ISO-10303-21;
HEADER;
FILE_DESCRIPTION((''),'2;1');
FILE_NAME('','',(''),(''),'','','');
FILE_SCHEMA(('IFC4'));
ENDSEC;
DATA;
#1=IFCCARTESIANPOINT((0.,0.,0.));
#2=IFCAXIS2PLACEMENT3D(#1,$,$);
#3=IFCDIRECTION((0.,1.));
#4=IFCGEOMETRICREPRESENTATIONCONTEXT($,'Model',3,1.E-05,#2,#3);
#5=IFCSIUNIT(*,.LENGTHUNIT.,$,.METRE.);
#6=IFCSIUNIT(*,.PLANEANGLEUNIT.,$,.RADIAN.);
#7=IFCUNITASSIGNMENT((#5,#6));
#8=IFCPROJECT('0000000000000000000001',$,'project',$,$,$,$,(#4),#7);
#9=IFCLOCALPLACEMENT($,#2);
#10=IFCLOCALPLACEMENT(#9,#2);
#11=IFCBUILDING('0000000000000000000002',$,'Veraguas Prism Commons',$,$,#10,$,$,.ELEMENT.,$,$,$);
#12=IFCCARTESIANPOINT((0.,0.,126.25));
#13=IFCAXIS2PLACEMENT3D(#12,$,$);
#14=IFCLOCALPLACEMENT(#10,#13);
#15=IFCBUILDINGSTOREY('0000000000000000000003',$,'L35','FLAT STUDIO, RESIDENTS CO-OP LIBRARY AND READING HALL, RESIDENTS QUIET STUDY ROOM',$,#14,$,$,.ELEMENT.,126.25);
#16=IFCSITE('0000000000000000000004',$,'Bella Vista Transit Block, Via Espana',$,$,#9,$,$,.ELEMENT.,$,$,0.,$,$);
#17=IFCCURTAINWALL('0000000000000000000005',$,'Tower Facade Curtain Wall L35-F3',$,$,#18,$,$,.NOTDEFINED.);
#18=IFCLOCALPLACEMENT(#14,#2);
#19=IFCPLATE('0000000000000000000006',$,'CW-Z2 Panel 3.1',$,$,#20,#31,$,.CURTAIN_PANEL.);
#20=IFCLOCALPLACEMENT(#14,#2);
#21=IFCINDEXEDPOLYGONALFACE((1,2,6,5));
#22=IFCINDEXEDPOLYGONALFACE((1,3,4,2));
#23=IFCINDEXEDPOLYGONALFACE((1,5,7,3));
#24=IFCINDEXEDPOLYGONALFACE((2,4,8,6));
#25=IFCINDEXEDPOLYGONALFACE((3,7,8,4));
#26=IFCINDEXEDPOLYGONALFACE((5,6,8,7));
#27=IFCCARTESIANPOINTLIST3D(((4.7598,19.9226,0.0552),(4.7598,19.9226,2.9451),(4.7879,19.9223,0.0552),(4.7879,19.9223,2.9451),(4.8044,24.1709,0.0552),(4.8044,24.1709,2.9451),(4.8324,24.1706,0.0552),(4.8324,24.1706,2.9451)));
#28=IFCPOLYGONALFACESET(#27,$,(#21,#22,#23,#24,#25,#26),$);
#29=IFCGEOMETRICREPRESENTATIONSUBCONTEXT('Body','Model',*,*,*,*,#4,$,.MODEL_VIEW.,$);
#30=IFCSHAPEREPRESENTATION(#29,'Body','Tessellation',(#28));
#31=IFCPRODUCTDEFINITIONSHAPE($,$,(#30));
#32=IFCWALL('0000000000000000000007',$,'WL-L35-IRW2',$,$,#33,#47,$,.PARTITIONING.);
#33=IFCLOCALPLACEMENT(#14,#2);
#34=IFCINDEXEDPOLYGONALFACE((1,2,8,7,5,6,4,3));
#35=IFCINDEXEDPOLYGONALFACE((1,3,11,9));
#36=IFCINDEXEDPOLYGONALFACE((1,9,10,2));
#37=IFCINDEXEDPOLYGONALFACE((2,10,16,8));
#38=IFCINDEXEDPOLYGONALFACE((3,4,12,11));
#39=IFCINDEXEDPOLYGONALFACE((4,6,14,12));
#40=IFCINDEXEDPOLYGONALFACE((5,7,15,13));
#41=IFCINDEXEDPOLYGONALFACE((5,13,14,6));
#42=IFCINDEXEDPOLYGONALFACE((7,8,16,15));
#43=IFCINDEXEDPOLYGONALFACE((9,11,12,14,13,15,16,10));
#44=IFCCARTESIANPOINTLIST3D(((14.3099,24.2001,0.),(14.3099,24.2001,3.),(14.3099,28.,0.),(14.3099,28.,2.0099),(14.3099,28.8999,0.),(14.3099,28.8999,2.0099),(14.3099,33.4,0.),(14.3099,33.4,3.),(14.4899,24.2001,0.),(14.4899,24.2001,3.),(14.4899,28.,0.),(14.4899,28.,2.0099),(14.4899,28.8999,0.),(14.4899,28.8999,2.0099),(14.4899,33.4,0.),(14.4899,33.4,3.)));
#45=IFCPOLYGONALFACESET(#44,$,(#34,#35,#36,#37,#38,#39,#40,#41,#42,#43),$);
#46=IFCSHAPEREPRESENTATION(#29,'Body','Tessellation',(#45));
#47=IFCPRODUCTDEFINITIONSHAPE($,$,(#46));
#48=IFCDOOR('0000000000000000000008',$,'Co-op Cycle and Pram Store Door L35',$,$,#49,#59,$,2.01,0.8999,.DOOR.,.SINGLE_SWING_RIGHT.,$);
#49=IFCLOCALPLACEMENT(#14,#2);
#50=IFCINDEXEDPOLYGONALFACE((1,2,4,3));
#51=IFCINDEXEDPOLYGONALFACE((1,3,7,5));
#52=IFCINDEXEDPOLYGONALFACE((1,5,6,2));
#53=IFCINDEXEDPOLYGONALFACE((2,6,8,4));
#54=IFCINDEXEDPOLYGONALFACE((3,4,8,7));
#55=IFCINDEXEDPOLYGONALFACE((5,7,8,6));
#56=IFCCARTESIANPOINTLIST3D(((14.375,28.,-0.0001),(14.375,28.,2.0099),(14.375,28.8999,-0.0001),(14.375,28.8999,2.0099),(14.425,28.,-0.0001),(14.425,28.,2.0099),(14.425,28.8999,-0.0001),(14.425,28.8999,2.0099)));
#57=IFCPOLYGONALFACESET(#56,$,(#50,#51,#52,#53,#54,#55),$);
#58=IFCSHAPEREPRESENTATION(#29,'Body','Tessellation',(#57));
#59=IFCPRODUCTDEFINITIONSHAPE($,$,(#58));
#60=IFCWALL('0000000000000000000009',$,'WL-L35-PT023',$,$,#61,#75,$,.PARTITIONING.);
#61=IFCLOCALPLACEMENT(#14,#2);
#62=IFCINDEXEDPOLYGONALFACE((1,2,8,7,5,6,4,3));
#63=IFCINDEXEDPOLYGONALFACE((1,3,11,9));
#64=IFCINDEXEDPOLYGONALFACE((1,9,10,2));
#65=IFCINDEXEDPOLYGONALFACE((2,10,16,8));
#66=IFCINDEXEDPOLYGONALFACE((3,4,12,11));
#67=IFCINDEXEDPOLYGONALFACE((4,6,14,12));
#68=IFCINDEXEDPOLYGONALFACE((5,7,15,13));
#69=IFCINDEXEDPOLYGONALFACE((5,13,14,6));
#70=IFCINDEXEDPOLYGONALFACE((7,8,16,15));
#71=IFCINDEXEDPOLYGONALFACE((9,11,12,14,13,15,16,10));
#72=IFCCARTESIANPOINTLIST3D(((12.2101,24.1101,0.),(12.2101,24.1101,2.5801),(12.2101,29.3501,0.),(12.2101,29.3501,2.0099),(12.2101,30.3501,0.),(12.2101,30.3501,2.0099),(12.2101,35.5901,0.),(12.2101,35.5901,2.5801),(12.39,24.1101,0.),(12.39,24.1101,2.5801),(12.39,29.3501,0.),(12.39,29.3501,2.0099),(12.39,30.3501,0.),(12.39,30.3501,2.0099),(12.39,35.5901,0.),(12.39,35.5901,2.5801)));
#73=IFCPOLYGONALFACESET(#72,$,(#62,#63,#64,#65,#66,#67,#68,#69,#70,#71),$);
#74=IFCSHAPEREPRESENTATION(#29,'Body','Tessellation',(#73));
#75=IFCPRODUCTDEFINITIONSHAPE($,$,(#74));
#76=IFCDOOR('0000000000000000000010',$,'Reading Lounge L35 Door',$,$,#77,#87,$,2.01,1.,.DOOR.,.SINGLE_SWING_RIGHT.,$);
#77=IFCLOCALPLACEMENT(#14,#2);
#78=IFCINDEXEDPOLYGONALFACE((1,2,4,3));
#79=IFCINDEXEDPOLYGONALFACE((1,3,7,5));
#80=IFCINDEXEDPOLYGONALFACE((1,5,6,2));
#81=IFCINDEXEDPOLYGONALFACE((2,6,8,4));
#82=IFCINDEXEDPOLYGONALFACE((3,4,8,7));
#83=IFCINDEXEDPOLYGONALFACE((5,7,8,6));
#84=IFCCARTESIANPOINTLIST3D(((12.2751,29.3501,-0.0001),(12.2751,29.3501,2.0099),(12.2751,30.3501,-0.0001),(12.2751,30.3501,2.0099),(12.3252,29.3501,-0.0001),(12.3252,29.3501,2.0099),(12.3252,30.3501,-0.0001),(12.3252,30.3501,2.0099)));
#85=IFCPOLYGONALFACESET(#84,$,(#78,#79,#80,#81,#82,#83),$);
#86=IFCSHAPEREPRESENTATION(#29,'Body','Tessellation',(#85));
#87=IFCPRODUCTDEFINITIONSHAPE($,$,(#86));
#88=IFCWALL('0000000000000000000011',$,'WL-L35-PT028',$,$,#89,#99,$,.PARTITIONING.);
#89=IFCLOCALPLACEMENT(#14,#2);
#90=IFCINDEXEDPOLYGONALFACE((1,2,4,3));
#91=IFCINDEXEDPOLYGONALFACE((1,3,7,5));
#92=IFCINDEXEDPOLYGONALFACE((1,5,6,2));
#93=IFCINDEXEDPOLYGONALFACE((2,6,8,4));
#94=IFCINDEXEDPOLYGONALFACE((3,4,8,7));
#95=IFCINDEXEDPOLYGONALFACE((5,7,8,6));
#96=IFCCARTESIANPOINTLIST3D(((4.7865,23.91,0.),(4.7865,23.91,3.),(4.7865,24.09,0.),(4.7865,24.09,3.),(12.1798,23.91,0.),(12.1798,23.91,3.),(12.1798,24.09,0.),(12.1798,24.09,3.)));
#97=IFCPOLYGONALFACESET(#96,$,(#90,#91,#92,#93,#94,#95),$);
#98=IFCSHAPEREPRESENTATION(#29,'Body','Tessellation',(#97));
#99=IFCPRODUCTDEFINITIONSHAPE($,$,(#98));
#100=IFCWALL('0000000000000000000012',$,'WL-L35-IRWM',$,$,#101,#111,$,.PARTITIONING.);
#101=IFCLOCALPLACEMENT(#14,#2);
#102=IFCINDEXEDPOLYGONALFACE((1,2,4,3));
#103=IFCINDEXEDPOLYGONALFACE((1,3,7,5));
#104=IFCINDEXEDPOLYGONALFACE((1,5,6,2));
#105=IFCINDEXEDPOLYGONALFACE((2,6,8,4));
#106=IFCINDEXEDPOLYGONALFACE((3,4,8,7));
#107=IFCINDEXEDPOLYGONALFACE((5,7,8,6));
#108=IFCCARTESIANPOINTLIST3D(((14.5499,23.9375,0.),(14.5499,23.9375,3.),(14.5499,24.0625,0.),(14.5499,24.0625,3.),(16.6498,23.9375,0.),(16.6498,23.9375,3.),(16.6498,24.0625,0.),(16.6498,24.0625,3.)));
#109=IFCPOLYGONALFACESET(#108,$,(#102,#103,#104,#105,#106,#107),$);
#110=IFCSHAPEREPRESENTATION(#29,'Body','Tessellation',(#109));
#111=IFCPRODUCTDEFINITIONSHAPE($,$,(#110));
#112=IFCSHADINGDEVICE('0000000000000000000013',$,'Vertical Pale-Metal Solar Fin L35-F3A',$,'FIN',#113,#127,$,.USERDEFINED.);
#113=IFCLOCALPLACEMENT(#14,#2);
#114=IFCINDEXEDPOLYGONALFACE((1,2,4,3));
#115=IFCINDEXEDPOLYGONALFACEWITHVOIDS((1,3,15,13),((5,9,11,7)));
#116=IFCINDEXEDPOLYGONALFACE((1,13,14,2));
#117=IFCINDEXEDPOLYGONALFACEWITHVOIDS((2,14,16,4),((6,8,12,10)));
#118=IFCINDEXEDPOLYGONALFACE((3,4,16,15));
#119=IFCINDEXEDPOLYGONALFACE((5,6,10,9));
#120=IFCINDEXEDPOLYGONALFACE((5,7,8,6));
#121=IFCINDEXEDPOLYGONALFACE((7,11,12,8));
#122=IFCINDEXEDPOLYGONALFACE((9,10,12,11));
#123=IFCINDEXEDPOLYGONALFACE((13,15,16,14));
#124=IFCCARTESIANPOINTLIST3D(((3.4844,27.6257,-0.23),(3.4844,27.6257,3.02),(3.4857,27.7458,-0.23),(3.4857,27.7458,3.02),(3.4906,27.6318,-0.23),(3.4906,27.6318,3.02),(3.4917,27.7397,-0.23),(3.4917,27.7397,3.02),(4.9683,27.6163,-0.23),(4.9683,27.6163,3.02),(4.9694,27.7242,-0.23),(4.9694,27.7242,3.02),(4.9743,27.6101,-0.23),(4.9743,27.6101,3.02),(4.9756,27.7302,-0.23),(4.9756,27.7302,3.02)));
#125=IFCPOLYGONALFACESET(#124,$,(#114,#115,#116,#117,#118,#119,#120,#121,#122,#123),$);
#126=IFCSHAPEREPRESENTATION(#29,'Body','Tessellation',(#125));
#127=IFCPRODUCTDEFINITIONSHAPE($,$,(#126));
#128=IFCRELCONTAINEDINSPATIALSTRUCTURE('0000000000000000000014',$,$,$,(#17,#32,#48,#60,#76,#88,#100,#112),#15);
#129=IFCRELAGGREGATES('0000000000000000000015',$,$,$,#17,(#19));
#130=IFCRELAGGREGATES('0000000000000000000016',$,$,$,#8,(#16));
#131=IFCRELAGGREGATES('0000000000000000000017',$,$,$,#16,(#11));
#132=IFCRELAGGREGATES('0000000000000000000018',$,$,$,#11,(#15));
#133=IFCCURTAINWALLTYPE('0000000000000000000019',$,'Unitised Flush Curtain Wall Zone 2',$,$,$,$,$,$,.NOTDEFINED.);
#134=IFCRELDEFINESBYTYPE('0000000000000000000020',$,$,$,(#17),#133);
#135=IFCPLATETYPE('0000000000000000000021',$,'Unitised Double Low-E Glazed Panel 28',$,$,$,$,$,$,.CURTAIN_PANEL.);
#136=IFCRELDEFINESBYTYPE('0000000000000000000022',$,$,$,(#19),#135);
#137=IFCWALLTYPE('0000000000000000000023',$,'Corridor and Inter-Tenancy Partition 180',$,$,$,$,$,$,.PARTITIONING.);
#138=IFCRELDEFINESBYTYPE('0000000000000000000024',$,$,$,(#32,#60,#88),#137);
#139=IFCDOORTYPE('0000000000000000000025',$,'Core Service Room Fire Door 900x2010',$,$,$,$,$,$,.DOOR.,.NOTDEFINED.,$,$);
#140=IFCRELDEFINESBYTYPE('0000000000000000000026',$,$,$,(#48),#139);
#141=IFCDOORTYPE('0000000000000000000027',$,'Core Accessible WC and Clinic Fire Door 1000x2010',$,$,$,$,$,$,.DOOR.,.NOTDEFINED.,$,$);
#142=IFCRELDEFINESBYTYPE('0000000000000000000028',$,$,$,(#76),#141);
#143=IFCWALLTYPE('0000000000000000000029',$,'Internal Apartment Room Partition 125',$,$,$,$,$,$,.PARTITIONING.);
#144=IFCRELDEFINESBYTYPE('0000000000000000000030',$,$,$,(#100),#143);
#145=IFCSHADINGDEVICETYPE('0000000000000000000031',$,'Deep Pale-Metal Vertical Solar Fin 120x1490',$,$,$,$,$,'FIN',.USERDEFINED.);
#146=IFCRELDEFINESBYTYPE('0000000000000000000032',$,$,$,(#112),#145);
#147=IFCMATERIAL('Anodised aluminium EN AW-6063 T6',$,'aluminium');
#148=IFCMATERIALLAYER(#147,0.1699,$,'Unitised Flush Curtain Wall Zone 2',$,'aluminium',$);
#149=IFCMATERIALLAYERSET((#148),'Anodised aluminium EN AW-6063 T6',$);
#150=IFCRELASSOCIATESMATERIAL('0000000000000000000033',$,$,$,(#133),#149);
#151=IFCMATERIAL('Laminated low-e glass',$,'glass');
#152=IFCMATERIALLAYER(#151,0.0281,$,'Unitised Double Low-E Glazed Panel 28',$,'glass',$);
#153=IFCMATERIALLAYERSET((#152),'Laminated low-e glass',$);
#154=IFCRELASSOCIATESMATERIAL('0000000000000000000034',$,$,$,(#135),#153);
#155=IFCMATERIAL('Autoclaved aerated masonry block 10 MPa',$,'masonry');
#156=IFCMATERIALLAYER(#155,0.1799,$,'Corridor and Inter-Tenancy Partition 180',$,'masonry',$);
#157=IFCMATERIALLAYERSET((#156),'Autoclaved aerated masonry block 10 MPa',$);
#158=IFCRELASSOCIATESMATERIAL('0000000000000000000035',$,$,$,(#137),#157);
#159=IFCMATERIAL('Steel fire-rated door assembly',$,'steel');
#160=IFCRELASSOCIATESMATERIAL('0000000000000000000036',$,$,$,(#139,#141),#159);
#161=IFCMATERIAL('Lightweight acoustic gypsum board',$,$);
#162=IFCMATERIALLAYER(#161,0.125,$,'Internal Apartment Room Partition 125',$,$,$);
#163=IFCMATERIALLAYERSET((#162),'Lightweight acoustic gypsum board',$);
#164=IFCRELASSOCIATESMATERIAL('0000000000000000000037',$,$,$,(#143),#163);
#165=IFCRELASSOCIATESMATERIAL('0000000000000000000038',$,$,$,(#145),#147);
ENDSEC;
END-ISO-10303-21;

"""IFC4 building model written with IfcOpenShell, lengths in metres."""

from ifc_helpers import new_model, si_unit, direction, frame, frame_2d, origin, origin_2d, place, context, subcontext, project, spatial, rectangle, hollow_rectangle, extrude, source, transform, mapped, material, layer, layer_set, material_profile, profile_set, type_object, element, fill, aggregate, save


model = new_model("IFC4")

# Units and contexts
model_context = context("Model", 3, precision=1e-05, world=origin(), true_north=direction((0.0, 1.0)))
body_context = subcontext(model_context, "Body", "Model", "MODEL_VIEW")
ifc_project = project(units=[si_unit("LENGTHUNIT", "METRE"), si_unit("PLANEANGLEUNIT", "RADIAN")], contexts=[model_context])

# Site, building, storey
site_placement = place(None, origin())
site = spatial("IfcSite", under=ifc_project, at=site_placement, Name="Bella Vista Transit Block, Via Espana", CompositionType="ELEMENT", RefElevation=0.0)
building_placement = place(site_placement, origin())
building = spatial("IfcBuilding", under=site, at=building_placement, Name="Veraguas Prism Commons", CompositionType="ELEMENT")
storey_placement = place(building_placement, frame((0.0, 0.0, 126.25)))
storey = spatial("IfcBuildingStorey", under=building, at=storey_placement, Name="L35", Description="FLAT STUDIO, RESIDENTS CO-OP LIBRARY AND READING HALL, RESIDENTS QUIET STUDY ROOM", CompositionType="ELEMENT", Elevation=126.25)

# Curtain wall, plate
ifc_material_1 = material(Name="Anodised aluminium EN AW-6063 T6", Category="aluminium")
ifc_layer_1 = layer(ifc_material_1, 0.1699, Name="Unitised Flush Curtain Wall Zone 2", Category="aluminium")
ifc_layer_set_1 = layer_set([ifc_layer_1], Name="Anodised aluminium EN AW-6063 T6")
curtain_wall_type = type_object("IfcCurtainWallType", Name="Unitised Flush Curtain Wall Zone 2", PredefinedType="NOTDEFINED", material=ifc_layer_set_1)
curtain_wall_placement = place(storey_placement, origin())
curtain_wall = element("IfcCurtainWall", 1, at=curtain_wall_placement, inside=storey, type_object=curtain_wall_type, Name="Tower Facade Curtain Wall L35-F3", PredefinedType="NOTDEFINED")
ifc_material_2 = material(Name="Laminated low-e glass", Category="glass")
ifc_layer_2 = layer(ifc_material_2, 0.0281, Name="Unitised Double Low-E Glazed Panel 28", Category="glass")
ifc_layer_set_2 = layer_set([ifc_layer_2], Name="Laminated low-e glass")
plate_type = type_object("IfcPlateType", Name="Unitised Double Low-E Glazed Panel 28", PredefinedType="CURTAIN_PANEL", material=ifc_layer_set_2)
shared_shape_1 = source(origin(), body_context, "Body", "SweptSolid", [
    extrude(rectangle(XDim=4.2485, YDim=0.0281, at=origin_2d()), origin(), (0.0, 0.0, 1.0), 2.8899),
])
plate_1_placement = place(storey_placement, frame((4.7961, 22.0466, 0.0552), z_axis=(0.0, 0.0, 1.0), x_axis=(-0.010479, -0.999945, 0.0)))
plate_1 = element("IfcPlate", 2, at=plate_1_placement, type_object=plate_type, Name="CW-Z2 Panel 3.1", PredefinedType="CURTAIN_PANEL", context=body_context, shape_type="MappedRepresentation", body=[
    mapped(shared_shape_1, transform((0.0, 0.0, 0.0), scale=1.0)),
])
aggregate(curtain_wall, [plate_1])

# Walls, openings, doors
ifc_material_3 = material(Name="Autoclaved aerated masonry block 10 MPa", Category="masonry")
ifc_layer_3 = layer(ifc_material_3, 0.1799, Name="Corridor and Inter-Tenancy Partition 180", Category="masonry")
ifc_layer_set_3 = layer_set([ifc_layer_3], Name="Autoclaved aerated masonry block 10 MPa")
wall_type_1 = type_object("IfcWallType", Name="Corridor and Inter-Tenancy Partition 180", PredefinedType="PARTITIONING", material=ifc_layer_set_3)
wall_1_placement = place(storey_placement, frame((14.3999, 24.2, 0.0), z_axis=(0.0, 0.0, 1.0), x_axis=(0.0, 1.0, 0.0)))
wall_1 = element("IfcWall", 3, at=wall_1_placement, inside=storey, type_object=wall_type_1, Name="WL-L35-IRW2", PredefinedType="PARTITIONING", context=body_context, shape_type="SweptSolid", body=[
    extrude(rectangle(XDim=9.2, YDim=0.1799, at=frame_2d((4.6001, 0.0))), origin(), (0.0, 0.0, 1.0), 3.0),
])
opening_1_placement = place(wall_1_placement, frame((3.8, 0.0, 0.0)))
opening_1 = element("IfcOpeningElement", 4, at=opening_1_placement, cuts=wall_1, PredefinedType="OPENING", context=body_context, shape_type="SweptSolid", body=[
    extrude(rectangle(XDim=0.8999, YDim=2.01, at=frame_2d((0.45, 1.0049))), frame((0.0, 0.0999, 0.0), z_axis=(0.0, -1.0, 0.0), x_axis=(1.0, 0.0, 0.0)), (0.0, 0.0, 1.0), 0.2),
])
ifc_material_4 = material(Name="Steel fire-rated door assembly", Category="steel")
door_type_1 = type_object("IfcDoorType", Name="Core Service Room Fire Door 900x2010", OperationType="NOTDEFINED", PredefinedType="DOOR", material=ifc_material_4)
shared_shape_2 = source(origin(), body_context, "Body", "SweptSolid", [
    extrude(rectangle(XDim=0.8999, YDim=2.01, at=frame_2d((0.45, 1.0049))), frame((0.0, 0.0249, 0.0), z_axis=(0.0, -1.0, 0.0), x_axis=(1.0, 0.0, 0.0)), (0.0, 0.0, 1.0), 0.05),
])
door_1_placement = place(opening_1_placement, origin())
door_1 = element("IfcDoor", 5, at=door_1_placement, inside=storey, type_object=door_type_1, Name="Co-op Cycle and Pram Store Door L35", OperationType="SINGLE_SWING_RIGHT", OverallHeight=2.01, OverallWidth=0.8999, PredefinedType="DOOR", context=body_context, shape_type="MappedRepresentation", body=[
    mapped(shared_shape_2, transform((0.0, 0.0, 0.0), scale=1.0)),
])
fill(opening_1, door_1)
wall_2_placement = place(storey_placement, frame((12.3, 24.1101, 0.0), z_axis=(0.0, 0.0, 1.0), x_axis=(0.0, 1.0, 0.0)))
wall_2 = element("IfcWall", 6, at=wall_2_placement, inside=storey, type_object=wall_type_1, Name="WL-L35-PT023", PredefinedType="PARTITIONING", context=body_context, shape_type="SweptSolid", body=[
    extrude(rectangle(XDim=11.48, YDim=0.1799, at=frame_2d((5.74, 0.0))), origin(), (0.0, 0.0, 1.0), 2.5801),
])
opening_2_placement = place(wall_2_placement, frame((5.24, 0.0, 0.0)))
opening_2 = element("IfcOpeningElement", 7, at=opening_2_placement, cuts=wall_2, PredefinedType="OPENING", context=body_context, shape_type="SweptSolid", body=[
    extrude(rectangle(XDim=1.0, YDim=2.01, at=frame_2d((0.5, 1.0049))), frame((0.0, 0.0999, 0.0), z_axis=(0.0, -1.0, 0.0), x_axis=(1.0, 0.0, 0.0)), (0.0, 0.0, 1.0), 0.2),
])
door_type_2 = type_object("IfcDoorType", Name="Core Accessible WC and Clinic Fire Door 1000x2010", OperationType="NOTDEFINED", PredefinedType="DOOR", material=ifc_material_4)
shared_shape_3 = source(origin(), body_context, "Body", "SweptSolid", [
    extrude(rectangle(XDim=1.0, YDim=2.01, at=frame_2d((0.5, 1.0049))), frame((0.0, 0.0249, 0.0), z_axis=(0.0, -1.0, 0.0), x_axis=(1.0, 0.0, 0.0)), (0.0, 0.0, 1.0), 0.05),
])
door_2_placement = place(opening_2_placement, origin())
door_2 = element("IfcDoor", 8, at=door_2_placement, inside=storey, type_object=door_type_2, Name="Reading Lounge L35 Door", OperationType="SINGLE_SWING_RIGHT", OverallHeight=2.01, OverallWidth=1.0, PredefinedType="DOOR", context=body_context, shape_type="MappedRepresentation", body=[
    mapped(shared_shape_3, transform((0.0, 0.0, 0.0), scale=1.0)),
])
fill(opening_2, door_2)

# Walls
wall_3_placement = place(storey_placement, frame((12.1799, 24.0, 0.0), z_axis=(0.0, 0.0, 1.0), x_axis=(-1.0, 0.0, 0.0)))
element("IfcWall", 9, at=wall_3_placement, inside=storey, type_object=wall_type_1, Name="WL-L35-PT028", PredefinedType="PARTITIONING", context=body_context, shape_type="SweptSolid", body=[
    extrude(rectangle(XDim=7.3933, YDim=0.1799, at=frame_2d((3.6968, 0.0))), origin(), (0.0, 0.0, 1.0), 3.0),
])
ifc_material_5 = material(Name="Lightweight acoustic gypsum board")
ifc_layer_4 = layer(ifc_material_5, 0.125, Name="Internal Apartment Room Partition 125")
ifc_layer_set_4 = layer_set([ifc_layer_4], Name="Lightweight acoustic gypsum board")
wall_type_2 = type_object("IfcWallType", Name="Internal Apartment Room Partition 125", PredefinedType="PARTITIONING", material=ifc_layer_set_4)
wall_4_placement = place(storey_placement, frame((14.55, 24.0, 0.0), z_axis=(0.0, 0.0, 1.0), x_axis=(1.0, 0.0, 0.0)))
element("IfcWall", 10, at=wall_4_placement, inside=storey, type_object=wall_type_2, Name="WL-L35-IRWM", PredefinedType="PARTITIONING", context=body_context, shape_type="SweptSolid", body=[
    extrude(rectangle(XDim=2.0999, YDim=0.125, at=frame_2d((1.0498, 0.0))), origin(), (0.0, 0.0, 1.0), 3.0),
])

# Shading device
ifc_material_profile_1 = material_profile(ifc_material_1, hollow_rectangle(XDim=0.1201, YDim=1.49, WallThickness=0.0061, at=origin_2d()), Name="FIN120X1490X6")
ifc_profile_set_1 = profile_set([ifc_material_profile_1], Name="Anodised aluminium EN AW-6063 T6")
shading_device_type = type_object("IfcShadingDeviceType", Name="Deep Pale-Metal Vertical Solar Fin 120x1490", ElementType="FIN", PredefinedType="USERDEFINED", material=ifc_profile_set_1)
shading_device_placement = place(storey_placement, frame((4.23, 27.678, -0.23), z_axis=(0.0, 0.0, 1.0), x_axis=(-0.010475, -0.999945, 0.0)))
element("IfcShadingDevice", 11, at=shading_device_placement, inside=storey, type_object=shading_device_type, Name="Vertical Pale-Metal Solar Fin L35-F3A", ObjectType="FIN", PredefinedType="USERDEFINED", context=body_context, shape_type="SweptSolid", body=[
    extrude(hollow_rectangle(XDim=0.1201, YDim=1.49, WallThickness=0.0061, at=origin_2d()), origin(), (0.0, 0.0, 1.0), 3.25),
])

save(model, "model.ifc")
